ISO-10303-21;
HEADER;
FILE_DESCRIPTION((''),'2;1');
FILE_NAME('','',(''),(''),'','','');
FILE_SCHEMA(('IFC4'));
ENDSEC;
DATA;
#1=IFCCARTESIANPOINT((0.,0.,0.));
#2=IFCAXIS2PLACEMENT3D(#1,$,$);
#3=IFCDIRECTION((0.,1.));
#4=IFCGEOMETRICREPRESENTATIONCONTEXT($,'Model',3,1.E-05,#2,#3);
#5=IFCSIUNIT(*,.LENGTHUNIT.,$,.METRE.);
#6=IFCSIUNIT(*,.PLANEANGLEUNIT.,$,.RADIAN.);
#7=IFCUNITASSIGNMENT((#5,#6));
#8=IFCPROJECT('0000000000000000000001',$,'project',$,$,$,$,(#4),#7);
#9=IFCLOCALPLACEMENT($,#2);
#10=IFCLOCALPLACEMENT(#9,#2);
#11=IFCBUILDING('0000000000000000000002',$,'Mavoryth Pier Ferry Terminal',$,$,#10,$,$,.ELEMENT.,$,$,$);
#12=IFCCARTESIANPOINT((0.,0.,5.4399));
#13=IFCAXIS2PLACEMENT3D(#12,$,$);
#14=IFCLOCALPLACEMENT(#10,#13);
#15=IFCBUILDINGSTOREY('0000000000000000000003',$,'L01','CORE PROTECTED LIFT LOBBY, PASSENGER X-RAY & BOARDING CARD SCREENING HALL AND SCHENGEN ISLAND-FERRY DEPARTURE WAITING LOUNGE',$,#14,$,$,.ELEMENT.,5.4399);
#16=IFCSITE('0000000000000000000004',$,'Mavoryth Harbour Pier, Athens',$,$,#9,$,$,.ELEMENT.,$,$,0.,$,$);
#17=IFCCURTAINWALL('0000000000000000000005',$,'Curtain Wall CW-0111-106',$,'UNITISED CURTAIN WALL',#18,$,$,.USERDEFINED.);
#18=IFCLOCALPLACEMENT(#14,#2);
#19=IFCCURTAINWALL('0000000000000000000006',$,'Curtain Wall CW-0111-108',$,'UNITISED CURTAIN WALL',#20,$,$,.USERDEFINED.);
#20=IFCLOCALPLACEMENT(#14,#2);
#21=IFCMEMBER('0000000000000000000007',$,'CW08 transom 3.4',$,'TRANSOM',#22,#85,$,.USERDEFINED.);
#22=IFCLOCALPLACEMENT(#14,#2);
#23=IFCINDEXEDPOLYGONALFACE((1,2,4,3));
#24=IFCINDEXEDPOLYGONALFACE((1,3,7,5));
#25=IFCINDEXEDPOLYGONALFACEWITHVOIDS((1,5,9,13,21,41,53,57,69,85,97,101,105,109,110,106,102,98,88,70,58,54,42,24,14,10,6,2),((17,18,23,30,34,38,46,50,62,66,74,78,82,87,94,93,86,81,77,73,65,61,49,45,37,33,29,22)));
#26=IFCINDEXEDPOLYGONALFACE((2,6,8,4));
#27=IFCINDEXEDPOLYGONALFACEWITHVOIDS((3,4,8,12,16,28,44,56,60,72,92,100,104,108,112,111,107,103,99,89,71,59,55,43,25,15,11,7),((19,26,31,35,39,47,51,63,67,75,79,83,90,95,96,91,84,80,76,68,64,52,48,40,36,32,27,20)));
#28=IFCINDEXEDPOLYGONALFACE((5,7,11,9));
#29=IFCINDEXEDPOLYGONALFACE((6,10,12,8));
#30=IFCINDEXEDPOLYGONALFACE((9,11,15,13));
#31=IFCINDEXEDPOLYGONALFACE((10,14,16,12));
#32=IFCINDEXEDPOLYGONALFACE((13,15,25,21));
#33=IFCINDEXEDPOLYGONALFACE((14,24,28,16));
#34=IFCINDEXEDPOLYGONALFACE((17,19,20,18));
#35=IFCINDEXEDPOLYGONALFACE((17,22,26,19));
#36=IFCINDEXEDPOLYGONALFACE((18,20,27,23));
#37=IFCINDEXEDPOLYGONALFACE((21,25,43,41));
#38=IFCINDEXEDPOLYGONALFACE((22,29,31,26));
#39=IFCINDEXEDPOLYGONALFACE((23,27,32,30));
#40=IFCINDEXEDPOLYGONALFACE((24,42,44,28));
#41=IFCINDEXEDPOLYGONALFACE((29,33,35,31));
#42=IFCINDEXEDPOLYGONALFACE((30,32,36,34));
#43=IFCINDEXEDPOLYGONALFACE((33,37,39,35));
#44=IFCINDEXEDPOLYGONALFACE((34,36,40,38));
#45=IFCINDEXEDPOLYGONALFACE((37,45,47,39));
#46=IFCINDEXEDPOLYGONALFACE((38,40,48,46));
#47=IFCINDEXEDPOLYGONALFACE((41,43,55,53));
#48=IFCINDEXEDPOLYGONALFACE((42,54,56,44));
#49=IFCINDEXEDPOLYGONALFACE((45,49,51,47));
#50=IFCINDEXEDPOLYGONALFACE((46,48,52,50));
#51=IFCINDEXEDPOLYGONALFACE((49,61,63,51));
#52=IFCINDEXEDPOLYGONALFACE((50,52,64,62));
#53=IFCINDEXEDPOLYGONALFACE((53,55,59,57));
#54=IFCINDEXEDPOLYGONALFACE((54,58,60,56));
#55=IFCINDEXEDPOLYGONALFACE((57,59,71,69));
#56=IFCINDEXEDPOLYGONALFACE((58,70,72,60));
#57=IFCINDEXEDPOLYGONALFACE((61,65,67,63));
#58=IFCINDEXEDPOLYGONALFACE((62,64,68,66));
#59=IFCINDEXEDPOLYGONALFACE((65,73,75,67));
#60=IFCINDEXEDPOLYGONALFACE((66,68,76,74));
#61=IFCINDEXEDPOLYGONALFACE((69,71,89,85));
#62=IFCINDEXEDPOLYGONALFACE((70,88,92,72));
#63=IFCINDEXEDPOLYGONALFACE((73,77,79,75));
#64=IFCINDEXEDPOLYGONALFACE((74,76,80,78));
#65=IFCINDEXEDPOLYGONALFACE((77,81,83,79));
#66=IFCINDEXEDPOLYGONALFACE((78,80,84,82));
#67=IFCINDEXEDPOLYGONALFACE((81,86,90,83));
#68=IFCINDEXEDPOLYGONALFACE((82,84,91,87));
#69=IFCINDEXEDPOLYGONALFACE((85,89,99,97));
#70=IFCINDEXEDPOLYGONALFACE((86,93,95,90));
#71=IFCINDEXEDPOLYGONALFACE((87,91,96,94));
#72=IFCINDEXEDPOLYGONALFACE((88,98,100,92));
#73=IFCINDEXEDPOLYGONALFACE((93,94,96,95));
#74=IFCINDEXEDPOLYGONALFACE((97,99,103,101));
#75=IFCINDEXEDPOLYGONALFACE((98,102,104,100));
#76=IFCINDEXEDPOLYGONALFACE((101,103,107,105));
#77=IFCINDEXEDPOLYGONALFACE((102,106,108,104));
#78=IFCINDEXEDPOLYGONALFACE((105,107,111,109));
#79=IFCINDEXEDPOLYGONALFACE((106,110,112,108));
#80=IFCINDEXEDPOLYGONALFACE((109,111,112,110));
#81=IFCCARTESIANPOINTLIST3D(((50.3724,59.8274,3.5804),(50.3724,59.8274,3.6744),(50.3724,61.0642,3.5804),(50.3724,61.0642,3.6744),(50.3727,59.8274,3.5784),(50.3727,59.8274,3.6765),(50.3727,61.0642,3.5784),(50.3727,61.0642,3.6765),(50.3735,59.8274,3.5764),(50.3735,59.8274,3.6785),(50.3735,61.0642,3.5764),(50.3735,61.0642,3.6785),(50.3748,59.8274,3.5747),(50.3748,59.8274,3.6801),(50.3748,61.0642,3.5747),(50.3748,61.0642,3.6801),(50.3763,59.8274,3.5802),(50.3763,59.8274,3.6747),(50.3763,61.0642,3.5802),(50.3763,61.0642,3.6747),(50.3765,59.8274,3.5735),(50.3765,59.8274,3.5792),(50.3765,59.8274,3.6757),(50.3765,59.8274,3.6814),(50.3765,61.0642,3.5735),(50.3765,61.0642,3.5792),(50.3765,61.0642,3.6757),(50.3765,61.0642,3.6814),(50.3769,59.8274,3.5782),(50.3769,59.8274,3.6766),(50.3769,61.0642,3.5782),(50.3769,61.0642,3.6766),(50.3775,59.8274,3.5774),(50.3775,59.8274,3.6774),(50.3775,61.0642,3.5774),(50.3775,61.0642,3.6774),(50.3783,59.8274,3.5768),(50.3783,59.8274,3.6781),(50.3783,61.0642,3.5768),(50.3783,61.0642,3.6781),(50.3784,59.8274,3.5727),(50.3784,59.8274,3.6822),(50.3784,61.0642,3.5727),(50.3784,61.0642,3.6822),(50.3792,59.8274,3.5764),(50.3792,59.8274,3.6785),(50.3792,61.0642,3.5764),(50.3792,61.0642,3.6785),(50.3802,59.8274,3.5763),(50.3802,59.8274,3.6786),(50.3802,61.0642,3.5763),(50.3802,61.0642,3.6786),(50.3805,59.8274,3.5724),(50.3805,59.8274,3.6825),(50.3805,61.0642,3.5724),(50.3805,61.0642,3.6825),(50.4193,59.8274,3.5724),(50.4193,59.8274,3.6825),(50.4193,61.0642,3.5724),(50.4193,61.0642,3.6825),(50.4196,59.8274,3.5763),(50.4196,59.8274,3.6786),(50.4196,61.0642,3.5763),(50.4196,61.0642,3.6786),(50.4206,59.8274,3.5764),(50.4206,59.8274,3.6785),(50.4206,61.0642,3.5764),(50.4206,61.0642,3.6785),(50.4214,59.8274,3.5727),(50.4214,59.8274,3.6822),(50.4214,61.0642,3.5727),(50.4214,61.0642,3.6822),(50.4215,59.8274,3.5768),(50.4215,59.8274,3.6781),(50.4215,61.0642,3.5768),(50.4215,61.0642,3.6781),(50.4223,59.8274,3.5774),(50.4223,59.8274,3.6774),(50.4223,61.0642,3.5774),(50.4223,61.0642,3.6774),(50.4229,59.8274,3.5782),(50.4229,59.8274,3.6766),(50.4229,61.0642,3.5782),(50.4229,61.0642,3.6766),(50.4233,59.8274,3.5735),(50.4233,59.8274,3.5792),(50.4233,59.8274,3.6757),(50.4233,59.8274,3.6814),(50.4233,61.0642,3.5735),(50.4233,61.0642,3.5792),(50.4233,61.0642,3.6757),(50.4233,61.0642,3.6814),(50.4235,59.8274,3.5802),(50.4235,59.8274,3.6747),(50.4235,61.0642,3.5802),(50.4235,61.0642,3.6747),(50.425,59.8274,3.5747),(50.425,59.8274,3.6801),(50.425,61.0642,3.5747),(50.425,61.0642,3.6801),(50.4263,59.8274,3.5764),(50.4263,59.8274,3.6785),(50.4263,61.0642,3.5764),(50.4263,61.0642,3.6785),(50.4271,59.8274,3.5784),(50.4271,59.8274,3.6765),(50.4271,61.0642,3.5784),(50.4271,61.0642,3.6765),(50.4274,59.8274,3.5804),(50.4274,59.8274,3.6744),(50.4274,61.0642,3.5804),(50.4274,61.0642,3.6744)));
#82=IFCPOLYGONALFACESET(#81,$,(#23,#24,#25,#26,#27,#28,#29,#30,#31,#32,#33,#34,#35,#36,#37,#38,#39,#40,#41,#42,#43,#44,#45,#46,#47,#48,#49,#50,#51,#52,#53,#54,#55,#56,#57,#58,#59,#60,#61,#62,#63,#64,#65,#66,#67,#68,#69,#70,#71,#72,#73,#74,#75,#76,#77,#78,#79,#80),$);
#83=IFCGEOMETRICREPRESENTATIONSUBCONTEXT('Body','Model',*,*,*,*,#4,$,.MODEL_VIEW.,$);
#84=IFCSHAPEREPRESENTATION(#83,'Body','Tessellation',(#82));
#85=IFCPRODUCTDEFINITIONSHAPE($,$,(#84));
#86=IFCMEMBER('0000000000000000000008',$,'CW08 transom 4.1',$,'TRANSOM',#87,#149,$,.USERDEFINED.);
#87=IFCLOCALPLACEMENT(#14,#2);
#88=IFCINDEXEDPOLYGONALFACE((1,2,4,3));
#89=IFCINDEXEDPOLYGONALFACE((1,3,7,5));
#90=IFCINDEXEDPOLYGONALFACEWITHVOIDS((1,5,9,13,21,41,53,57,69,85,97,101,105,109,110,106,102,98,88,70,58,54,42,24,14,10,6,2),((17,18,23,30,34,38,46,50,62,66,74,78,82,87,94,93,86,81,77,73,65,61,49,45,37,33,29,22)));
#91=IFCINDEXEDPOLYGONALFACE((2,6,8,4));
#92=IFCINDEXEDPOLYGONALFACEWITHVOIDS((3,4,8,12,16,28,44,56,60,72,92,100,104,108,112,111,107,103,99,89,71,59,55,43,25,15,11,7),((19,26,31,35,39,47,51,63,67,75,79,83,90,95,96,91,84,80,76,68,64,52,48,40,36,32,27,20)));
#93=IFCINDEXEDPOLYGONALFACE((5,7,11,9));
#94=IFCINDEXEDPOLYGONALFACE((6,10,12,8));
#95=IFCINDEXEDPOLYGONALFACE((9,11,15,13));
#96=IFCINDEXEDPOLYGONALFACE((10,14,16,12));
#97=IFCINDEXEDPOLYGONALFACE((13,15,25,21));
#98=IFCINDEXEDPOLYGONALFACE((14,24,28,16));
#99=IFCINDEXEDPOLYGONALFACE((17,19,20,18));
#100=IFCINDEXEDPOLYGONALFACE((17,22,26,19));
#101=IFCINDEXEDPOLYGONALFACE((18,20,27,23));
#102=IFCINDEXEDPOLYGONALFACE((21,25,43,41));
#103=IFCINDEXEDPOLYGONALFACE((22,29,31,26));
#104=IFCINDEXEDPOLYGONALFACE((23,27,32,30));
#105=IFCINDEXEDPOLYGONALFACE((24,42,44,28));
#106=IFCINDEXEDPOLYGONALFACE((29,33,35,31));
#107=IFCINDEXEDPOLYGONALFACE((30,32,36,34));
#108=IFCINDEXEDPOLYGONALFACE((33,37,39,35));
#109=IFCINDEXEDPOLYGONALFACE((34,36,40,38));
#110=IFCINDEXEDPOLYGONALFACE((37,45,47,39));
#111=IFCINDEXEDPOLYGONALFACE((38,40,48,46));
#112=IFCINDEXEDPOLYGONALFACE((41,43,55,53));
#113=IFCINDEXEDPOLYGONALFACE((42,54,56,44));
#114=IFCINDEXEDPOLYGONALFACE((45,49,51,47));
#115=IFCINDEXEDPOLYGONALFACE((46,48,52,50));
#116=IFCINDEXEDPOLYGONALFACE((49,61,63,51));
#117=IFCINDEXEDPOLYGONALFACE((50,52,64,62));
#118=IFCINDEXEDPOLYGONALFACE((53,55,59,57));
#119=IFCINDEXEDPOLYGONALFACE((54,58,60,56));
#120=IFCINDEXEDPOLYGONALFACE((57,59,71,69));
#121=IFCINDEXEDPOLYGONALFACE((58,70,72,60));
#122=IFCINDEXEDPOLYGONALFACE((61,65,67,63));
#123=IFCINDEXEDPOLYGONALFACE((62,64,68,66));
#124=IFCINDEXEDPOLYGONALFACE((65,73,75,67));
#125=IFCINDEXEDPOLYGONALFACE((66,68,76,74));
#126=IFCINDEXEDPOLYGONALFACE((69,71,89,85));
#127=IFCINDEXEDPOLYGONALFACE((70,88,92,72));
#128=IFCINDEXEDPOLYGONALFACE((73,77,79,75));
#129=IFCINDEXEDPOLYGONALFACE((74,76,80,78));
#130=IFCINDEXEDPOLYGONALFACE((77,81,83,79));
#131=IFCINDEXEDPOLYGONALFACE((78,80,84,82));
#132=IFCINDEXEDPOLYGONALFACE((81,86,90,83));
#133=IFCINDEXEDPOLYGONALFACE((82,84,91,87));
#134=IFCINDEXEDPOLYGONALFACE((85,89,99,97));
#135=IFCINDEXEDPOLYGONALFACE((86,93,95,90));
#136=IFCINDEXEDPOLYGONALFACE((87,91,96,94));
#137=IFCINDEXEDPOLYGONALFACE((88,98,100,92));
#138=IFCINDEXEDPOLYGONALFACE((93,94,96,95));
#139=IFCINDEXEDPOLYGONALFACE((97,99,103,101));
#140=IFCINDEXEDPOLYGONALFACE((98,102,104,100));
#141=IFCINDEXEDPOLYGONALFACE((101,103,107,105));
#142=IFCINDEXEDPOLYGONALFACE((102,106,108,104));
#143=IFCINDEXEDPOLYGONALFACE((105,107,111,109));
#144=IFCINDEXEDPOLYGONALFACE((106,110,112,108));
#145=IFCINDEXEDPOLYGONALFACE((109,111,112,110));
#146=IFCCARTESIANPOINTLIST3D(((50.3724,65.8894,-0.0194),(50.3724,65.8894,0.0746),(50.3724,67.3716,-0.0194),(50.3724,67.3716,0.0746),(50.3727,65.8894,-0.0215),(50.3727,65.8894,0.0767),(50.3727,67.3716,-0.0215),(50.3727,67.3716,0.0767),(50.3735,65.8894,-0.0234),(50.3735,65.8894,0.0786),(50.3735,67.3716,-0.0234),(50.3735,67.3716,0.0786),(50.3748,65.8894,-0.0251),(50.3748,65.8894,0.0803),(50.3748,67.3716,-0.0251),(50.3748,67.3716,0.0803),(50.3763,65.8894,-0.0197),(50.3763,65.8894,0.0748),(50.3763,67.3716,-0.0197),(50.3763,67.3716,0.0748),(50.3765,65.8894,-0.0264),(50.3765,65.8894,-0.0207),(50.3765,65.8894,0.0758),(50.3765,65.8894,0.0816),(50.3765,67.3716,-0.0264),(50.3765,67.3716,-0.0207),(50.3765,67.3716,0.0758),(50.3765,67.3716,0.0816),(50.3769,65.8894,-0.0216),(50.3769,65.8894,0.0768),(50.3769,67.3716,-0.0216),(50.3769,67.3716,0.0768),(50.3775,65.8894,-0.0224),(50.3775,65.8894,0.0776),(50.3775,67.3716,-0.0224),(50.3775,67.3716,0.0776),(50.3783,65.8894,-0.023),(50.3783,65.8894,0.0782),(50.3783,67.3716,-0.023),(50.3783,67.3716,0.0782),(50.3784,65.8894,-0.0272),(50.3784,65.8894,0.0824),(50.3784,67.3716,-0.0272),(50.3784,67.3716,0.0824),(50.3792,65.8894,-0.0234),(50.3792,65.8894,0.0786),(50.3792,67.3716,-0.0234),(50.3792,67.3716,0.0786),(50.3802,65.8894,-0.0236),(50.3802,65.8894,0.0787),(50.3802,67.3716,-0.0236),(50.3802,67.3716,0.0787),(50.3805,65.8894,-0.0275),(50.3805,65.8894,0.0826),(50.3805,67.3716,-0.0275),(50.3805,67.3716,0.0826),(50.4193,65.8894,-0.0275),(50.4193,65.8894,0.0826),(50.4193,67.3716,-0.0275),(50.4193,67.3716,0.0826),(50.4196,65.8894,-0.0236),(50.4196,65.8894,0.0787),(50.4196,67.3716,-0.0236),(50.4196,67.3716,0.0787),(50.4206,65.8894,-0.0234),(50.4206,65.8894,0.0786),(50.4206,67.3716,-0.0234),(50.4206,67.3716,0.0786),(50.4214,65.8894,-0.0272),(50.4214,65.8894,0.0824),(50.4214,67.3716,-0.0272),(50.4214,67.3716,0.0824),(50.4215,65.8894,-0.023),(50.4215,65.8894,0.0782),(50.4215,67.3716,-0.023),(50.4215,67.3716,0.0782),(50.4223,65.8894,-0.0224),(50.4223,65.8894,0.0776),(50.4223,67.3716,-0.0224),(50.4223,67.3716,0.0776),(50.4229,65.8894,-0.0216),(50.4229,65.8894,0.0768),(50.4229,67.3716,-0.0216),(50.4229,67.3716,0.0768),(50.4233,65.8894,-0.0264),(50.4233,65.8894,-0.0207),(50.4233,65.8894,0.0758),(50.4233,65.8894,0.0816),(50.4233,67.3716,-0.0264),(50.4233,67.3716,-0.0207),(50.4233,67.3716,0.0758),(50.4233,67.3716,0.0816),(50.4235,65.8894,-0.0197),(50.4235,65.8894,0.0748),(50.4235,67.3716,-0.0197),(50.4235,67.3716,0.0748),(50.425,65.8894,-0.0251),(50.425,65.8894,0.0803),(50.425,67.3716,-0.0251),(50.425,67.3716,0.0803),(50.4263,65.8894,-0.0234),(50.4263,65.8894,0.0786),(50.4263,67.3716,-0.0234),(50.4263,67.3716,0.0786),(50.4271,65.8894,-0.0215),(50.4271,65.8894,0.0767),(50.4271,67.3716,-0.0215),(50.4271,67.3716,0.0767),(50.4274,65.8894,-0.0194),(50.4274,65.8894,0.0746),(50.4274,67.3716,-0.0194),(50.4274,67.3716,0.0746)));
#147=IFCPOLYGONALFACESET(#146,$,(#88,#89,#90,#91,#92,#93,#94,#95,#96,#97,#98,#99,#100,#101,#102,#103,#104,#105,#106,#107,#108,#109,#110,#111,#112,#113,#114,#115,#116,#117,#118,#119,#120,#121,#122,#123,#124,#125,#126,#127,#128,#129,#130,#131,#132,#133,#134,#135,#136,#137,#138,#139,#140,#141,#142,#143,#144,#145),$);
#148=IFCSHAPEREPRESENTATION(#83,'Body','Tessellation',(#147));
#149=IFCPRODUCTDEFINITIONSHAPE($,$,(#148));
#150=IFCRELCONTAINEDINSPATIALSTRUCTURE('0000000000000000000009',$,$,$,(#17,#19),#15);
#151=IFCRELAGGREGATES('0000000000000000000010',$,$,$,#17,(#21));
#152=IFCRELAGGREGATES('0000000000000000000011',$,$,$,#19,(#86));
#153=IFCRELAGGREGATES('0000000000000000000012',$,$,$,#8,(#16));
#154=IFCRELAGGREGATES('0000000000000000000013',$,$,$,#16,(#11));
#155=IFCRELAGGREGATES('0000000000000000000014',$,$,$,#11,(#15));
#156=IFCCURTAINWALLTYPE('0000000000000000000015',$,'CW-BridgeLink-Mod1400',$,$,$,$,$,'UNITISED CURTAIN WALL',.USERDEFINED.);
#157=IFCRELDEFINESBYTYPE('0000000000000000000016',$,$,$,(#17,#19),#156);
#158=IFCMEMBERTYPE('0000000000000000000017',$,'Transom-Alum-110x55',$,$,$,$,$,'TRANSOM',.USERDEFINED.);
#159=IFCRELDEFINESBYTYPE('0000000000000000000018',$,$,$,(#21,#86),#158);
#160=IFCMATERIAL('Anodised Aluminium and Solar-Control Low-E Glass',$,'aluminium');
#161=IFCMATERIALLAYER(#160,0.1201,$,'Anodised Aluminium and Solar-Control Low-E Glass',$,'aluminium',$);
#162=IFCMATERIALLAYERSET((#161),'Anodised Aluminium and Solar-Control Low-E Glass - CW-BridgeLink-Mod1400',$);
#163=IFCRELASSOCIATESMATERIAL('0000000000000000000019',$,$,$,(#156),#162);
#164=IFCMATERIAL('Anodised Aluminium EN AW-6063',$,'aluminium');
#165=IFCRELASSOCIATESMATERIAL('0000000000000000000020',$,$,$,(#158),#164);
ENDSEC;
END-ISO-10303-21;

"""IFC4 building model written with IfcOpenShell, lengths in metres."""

from ifc_helpers import new_model, si_unit, direction, frame, origin, origin_2d, place, context, subcontext, project, spatial, hollow_rectangle, extrude, material, layer, layer_set, material_profile, profile_set, type_object, element, aggregate, save


model = new_model("IFC4")

# Units and contexts
model_context = context("Model", 3, precision=1e-05, world=origin(), true_north=direction((0.0, 1.0)))
body_context = subcontext(model_context, "Body", "Model", "MODEL_VIEW")
ifc_project = project(units=[si_unit("LENGTHUNIT", "METRE"), si_unit("PLANEANGLEUNIT", "RADIAN")], contexts=[model_context])

# Site, building, storey
site_placement = place(None, origin())
site = spatial("IfcSite", under=ifc_project, at=site_placement, Name="Mavoryth Harbour Pier, Athens", CompositionType="ELEMENT", RefElevation=0.0)
building_placement = place(site_placement, origin())
building = spatial("IfcBuilding", under=site, at=building_placement, Name="Mavoryth Pier Ferry Terminal", CompositionType="ELEMENT")
storey_placement = place(building_placement, frame((0.0, 0.0, 5.4399)))
storey = spatial("IfcBuildingStorey", under=building, at=storey_placement, Name="L01", Description="CORE PROTECTED LIFT LOBBY, PASSENGER X-RAY & BOARDING CARD SCREENING HALL AND SCHENGEN ISLAND-FERRY DEPARTURE WAITING LOUNGE", CompositionType="ELEMENT", Elevation=5.4399)

# Curtain walls
ifc_material_1 = material(Name="Anodised Aluminium and Solar-Control Low-E Glass", Category="aluminium")
ifc_layer_1 = layer(ifc_material_1, 0.1201, Name="Anodised Aluminium and Solar-Control Low-E Glass", Category="aluminium")
ifc_layer_set_1 = layer_set([ifc_layer_1], Name="Anodised Aluminium and Solar-Control Low-E Glass - CW-BridgeLink-Mod1400")
curtain_wall_type = type_object("IfcCurtainWallType", Name="CW-BridgeLink-Mod1400", ElementType="UNITISED CURTAIN WALL", PredefinedType="USERDEFINED", material=ifc_layer_set_1)
curtain_wall_1_placement = place(storey_placement, origin())
curtain_wall_1 = element("IfcCurtainWall", 1, at=curtain_wall_1_placement, inside=storey, type_object=curtain_wall_type, Name="Curtain Wall CW-0111-106", ObjectType="UNITISED CURTAIN WALL", PredefinedType="USERDEFINED")
ifc_material_2 = material(Name="Anodised Aluminium EN AW-6063", Category="aluminium")
curtain_wall_2_placement = place(storey_placement, origin())
curtain_wall_2 = element("IfcCurtainWall", 2, at=curtain_wall_2_placement, inside=storey, type_object=curtain_wall_type, Name="Curtain Wall CW-0111-108", ObjectType="UNITISED CURTAIN WALL", PredefinedType="USERDEFINED")

# Members
ifc_material_profile_1 = material_profile(ifc_material_2, hollow_rectangle(XDim=0.0549, YDim=0.1101, WallThickness=0.0039, InnerFilletRadius=0.0039, OuterFilletRadius=0.0081, at=origin_2d()), Name="AL-TRAN 110x55x4", Category="aluminium")
ifc_profile_set_1 = profile_set([ifc_material_profile_1], Name="Anodised Aluminium EN AW-6063 - AL-TRAN 110x55x4")
member_type_1 = type_object("IfcMemberType", Name="Transom-Alum-110x55", ElementType="TRANSOM", PredefinedType="USERDEFINED", material=ifc_profile_set_1)
member_1_placement = place(storey_placement, frame((50.3999, 61.0642, 3.6274), z_axis=(0.0, -1.0, 0.0), x_axis=(1.0, 0.0, 0.0)))
member_1 = element("IfcMember", 3, at=member_1_placement, type_object=member_type_1, Name="CW08 transom 3.4", ObjectType="TRANSOM", PredefinedType="USERDEFINED", context=body_context, shape_type="SweptSolid", body=[
    extrude(hollow_rectangle(XDim=0.0549, YDim=0.1101, WallThickness=0.0039, InnerFilletRadius=0.0039, OuterFilletRadius=0.0081, at=origin_2d()), origin(), (0.0, 0.0, 1.0), 1.2368),
])
member_2_placement = place(storey_placement, frame((50.3999, 67.3716, 0.0276), z_axis=(0.0, -1.0, 0.0), x_axis=(1.0, 0.0, 0.0)))
member_2 = element("IfcMember", 4, at=member_2_placement, type_object=member_type_1, Name="CW08 transom 4.1", ObjectType="TRANSOM", PredefinedType="USERDEFINED", context=body_context, shape_type="SweptSolid", body=[
    extrude(hollow_rectangle(XDim=0.0549, YDim=0.1101, WallThickness=0.0039, InnerFilletRadius=0.0039, OuterFilletRadius=0.0081, at=origin_2d()), origin(), (0.0, 0.0, 1.0), 1.4822),
])

aggregate(curtain_wall_1, [member_1])
aggregate(curtain_wall_2, [member_2])

save(model, "model.ifc")
